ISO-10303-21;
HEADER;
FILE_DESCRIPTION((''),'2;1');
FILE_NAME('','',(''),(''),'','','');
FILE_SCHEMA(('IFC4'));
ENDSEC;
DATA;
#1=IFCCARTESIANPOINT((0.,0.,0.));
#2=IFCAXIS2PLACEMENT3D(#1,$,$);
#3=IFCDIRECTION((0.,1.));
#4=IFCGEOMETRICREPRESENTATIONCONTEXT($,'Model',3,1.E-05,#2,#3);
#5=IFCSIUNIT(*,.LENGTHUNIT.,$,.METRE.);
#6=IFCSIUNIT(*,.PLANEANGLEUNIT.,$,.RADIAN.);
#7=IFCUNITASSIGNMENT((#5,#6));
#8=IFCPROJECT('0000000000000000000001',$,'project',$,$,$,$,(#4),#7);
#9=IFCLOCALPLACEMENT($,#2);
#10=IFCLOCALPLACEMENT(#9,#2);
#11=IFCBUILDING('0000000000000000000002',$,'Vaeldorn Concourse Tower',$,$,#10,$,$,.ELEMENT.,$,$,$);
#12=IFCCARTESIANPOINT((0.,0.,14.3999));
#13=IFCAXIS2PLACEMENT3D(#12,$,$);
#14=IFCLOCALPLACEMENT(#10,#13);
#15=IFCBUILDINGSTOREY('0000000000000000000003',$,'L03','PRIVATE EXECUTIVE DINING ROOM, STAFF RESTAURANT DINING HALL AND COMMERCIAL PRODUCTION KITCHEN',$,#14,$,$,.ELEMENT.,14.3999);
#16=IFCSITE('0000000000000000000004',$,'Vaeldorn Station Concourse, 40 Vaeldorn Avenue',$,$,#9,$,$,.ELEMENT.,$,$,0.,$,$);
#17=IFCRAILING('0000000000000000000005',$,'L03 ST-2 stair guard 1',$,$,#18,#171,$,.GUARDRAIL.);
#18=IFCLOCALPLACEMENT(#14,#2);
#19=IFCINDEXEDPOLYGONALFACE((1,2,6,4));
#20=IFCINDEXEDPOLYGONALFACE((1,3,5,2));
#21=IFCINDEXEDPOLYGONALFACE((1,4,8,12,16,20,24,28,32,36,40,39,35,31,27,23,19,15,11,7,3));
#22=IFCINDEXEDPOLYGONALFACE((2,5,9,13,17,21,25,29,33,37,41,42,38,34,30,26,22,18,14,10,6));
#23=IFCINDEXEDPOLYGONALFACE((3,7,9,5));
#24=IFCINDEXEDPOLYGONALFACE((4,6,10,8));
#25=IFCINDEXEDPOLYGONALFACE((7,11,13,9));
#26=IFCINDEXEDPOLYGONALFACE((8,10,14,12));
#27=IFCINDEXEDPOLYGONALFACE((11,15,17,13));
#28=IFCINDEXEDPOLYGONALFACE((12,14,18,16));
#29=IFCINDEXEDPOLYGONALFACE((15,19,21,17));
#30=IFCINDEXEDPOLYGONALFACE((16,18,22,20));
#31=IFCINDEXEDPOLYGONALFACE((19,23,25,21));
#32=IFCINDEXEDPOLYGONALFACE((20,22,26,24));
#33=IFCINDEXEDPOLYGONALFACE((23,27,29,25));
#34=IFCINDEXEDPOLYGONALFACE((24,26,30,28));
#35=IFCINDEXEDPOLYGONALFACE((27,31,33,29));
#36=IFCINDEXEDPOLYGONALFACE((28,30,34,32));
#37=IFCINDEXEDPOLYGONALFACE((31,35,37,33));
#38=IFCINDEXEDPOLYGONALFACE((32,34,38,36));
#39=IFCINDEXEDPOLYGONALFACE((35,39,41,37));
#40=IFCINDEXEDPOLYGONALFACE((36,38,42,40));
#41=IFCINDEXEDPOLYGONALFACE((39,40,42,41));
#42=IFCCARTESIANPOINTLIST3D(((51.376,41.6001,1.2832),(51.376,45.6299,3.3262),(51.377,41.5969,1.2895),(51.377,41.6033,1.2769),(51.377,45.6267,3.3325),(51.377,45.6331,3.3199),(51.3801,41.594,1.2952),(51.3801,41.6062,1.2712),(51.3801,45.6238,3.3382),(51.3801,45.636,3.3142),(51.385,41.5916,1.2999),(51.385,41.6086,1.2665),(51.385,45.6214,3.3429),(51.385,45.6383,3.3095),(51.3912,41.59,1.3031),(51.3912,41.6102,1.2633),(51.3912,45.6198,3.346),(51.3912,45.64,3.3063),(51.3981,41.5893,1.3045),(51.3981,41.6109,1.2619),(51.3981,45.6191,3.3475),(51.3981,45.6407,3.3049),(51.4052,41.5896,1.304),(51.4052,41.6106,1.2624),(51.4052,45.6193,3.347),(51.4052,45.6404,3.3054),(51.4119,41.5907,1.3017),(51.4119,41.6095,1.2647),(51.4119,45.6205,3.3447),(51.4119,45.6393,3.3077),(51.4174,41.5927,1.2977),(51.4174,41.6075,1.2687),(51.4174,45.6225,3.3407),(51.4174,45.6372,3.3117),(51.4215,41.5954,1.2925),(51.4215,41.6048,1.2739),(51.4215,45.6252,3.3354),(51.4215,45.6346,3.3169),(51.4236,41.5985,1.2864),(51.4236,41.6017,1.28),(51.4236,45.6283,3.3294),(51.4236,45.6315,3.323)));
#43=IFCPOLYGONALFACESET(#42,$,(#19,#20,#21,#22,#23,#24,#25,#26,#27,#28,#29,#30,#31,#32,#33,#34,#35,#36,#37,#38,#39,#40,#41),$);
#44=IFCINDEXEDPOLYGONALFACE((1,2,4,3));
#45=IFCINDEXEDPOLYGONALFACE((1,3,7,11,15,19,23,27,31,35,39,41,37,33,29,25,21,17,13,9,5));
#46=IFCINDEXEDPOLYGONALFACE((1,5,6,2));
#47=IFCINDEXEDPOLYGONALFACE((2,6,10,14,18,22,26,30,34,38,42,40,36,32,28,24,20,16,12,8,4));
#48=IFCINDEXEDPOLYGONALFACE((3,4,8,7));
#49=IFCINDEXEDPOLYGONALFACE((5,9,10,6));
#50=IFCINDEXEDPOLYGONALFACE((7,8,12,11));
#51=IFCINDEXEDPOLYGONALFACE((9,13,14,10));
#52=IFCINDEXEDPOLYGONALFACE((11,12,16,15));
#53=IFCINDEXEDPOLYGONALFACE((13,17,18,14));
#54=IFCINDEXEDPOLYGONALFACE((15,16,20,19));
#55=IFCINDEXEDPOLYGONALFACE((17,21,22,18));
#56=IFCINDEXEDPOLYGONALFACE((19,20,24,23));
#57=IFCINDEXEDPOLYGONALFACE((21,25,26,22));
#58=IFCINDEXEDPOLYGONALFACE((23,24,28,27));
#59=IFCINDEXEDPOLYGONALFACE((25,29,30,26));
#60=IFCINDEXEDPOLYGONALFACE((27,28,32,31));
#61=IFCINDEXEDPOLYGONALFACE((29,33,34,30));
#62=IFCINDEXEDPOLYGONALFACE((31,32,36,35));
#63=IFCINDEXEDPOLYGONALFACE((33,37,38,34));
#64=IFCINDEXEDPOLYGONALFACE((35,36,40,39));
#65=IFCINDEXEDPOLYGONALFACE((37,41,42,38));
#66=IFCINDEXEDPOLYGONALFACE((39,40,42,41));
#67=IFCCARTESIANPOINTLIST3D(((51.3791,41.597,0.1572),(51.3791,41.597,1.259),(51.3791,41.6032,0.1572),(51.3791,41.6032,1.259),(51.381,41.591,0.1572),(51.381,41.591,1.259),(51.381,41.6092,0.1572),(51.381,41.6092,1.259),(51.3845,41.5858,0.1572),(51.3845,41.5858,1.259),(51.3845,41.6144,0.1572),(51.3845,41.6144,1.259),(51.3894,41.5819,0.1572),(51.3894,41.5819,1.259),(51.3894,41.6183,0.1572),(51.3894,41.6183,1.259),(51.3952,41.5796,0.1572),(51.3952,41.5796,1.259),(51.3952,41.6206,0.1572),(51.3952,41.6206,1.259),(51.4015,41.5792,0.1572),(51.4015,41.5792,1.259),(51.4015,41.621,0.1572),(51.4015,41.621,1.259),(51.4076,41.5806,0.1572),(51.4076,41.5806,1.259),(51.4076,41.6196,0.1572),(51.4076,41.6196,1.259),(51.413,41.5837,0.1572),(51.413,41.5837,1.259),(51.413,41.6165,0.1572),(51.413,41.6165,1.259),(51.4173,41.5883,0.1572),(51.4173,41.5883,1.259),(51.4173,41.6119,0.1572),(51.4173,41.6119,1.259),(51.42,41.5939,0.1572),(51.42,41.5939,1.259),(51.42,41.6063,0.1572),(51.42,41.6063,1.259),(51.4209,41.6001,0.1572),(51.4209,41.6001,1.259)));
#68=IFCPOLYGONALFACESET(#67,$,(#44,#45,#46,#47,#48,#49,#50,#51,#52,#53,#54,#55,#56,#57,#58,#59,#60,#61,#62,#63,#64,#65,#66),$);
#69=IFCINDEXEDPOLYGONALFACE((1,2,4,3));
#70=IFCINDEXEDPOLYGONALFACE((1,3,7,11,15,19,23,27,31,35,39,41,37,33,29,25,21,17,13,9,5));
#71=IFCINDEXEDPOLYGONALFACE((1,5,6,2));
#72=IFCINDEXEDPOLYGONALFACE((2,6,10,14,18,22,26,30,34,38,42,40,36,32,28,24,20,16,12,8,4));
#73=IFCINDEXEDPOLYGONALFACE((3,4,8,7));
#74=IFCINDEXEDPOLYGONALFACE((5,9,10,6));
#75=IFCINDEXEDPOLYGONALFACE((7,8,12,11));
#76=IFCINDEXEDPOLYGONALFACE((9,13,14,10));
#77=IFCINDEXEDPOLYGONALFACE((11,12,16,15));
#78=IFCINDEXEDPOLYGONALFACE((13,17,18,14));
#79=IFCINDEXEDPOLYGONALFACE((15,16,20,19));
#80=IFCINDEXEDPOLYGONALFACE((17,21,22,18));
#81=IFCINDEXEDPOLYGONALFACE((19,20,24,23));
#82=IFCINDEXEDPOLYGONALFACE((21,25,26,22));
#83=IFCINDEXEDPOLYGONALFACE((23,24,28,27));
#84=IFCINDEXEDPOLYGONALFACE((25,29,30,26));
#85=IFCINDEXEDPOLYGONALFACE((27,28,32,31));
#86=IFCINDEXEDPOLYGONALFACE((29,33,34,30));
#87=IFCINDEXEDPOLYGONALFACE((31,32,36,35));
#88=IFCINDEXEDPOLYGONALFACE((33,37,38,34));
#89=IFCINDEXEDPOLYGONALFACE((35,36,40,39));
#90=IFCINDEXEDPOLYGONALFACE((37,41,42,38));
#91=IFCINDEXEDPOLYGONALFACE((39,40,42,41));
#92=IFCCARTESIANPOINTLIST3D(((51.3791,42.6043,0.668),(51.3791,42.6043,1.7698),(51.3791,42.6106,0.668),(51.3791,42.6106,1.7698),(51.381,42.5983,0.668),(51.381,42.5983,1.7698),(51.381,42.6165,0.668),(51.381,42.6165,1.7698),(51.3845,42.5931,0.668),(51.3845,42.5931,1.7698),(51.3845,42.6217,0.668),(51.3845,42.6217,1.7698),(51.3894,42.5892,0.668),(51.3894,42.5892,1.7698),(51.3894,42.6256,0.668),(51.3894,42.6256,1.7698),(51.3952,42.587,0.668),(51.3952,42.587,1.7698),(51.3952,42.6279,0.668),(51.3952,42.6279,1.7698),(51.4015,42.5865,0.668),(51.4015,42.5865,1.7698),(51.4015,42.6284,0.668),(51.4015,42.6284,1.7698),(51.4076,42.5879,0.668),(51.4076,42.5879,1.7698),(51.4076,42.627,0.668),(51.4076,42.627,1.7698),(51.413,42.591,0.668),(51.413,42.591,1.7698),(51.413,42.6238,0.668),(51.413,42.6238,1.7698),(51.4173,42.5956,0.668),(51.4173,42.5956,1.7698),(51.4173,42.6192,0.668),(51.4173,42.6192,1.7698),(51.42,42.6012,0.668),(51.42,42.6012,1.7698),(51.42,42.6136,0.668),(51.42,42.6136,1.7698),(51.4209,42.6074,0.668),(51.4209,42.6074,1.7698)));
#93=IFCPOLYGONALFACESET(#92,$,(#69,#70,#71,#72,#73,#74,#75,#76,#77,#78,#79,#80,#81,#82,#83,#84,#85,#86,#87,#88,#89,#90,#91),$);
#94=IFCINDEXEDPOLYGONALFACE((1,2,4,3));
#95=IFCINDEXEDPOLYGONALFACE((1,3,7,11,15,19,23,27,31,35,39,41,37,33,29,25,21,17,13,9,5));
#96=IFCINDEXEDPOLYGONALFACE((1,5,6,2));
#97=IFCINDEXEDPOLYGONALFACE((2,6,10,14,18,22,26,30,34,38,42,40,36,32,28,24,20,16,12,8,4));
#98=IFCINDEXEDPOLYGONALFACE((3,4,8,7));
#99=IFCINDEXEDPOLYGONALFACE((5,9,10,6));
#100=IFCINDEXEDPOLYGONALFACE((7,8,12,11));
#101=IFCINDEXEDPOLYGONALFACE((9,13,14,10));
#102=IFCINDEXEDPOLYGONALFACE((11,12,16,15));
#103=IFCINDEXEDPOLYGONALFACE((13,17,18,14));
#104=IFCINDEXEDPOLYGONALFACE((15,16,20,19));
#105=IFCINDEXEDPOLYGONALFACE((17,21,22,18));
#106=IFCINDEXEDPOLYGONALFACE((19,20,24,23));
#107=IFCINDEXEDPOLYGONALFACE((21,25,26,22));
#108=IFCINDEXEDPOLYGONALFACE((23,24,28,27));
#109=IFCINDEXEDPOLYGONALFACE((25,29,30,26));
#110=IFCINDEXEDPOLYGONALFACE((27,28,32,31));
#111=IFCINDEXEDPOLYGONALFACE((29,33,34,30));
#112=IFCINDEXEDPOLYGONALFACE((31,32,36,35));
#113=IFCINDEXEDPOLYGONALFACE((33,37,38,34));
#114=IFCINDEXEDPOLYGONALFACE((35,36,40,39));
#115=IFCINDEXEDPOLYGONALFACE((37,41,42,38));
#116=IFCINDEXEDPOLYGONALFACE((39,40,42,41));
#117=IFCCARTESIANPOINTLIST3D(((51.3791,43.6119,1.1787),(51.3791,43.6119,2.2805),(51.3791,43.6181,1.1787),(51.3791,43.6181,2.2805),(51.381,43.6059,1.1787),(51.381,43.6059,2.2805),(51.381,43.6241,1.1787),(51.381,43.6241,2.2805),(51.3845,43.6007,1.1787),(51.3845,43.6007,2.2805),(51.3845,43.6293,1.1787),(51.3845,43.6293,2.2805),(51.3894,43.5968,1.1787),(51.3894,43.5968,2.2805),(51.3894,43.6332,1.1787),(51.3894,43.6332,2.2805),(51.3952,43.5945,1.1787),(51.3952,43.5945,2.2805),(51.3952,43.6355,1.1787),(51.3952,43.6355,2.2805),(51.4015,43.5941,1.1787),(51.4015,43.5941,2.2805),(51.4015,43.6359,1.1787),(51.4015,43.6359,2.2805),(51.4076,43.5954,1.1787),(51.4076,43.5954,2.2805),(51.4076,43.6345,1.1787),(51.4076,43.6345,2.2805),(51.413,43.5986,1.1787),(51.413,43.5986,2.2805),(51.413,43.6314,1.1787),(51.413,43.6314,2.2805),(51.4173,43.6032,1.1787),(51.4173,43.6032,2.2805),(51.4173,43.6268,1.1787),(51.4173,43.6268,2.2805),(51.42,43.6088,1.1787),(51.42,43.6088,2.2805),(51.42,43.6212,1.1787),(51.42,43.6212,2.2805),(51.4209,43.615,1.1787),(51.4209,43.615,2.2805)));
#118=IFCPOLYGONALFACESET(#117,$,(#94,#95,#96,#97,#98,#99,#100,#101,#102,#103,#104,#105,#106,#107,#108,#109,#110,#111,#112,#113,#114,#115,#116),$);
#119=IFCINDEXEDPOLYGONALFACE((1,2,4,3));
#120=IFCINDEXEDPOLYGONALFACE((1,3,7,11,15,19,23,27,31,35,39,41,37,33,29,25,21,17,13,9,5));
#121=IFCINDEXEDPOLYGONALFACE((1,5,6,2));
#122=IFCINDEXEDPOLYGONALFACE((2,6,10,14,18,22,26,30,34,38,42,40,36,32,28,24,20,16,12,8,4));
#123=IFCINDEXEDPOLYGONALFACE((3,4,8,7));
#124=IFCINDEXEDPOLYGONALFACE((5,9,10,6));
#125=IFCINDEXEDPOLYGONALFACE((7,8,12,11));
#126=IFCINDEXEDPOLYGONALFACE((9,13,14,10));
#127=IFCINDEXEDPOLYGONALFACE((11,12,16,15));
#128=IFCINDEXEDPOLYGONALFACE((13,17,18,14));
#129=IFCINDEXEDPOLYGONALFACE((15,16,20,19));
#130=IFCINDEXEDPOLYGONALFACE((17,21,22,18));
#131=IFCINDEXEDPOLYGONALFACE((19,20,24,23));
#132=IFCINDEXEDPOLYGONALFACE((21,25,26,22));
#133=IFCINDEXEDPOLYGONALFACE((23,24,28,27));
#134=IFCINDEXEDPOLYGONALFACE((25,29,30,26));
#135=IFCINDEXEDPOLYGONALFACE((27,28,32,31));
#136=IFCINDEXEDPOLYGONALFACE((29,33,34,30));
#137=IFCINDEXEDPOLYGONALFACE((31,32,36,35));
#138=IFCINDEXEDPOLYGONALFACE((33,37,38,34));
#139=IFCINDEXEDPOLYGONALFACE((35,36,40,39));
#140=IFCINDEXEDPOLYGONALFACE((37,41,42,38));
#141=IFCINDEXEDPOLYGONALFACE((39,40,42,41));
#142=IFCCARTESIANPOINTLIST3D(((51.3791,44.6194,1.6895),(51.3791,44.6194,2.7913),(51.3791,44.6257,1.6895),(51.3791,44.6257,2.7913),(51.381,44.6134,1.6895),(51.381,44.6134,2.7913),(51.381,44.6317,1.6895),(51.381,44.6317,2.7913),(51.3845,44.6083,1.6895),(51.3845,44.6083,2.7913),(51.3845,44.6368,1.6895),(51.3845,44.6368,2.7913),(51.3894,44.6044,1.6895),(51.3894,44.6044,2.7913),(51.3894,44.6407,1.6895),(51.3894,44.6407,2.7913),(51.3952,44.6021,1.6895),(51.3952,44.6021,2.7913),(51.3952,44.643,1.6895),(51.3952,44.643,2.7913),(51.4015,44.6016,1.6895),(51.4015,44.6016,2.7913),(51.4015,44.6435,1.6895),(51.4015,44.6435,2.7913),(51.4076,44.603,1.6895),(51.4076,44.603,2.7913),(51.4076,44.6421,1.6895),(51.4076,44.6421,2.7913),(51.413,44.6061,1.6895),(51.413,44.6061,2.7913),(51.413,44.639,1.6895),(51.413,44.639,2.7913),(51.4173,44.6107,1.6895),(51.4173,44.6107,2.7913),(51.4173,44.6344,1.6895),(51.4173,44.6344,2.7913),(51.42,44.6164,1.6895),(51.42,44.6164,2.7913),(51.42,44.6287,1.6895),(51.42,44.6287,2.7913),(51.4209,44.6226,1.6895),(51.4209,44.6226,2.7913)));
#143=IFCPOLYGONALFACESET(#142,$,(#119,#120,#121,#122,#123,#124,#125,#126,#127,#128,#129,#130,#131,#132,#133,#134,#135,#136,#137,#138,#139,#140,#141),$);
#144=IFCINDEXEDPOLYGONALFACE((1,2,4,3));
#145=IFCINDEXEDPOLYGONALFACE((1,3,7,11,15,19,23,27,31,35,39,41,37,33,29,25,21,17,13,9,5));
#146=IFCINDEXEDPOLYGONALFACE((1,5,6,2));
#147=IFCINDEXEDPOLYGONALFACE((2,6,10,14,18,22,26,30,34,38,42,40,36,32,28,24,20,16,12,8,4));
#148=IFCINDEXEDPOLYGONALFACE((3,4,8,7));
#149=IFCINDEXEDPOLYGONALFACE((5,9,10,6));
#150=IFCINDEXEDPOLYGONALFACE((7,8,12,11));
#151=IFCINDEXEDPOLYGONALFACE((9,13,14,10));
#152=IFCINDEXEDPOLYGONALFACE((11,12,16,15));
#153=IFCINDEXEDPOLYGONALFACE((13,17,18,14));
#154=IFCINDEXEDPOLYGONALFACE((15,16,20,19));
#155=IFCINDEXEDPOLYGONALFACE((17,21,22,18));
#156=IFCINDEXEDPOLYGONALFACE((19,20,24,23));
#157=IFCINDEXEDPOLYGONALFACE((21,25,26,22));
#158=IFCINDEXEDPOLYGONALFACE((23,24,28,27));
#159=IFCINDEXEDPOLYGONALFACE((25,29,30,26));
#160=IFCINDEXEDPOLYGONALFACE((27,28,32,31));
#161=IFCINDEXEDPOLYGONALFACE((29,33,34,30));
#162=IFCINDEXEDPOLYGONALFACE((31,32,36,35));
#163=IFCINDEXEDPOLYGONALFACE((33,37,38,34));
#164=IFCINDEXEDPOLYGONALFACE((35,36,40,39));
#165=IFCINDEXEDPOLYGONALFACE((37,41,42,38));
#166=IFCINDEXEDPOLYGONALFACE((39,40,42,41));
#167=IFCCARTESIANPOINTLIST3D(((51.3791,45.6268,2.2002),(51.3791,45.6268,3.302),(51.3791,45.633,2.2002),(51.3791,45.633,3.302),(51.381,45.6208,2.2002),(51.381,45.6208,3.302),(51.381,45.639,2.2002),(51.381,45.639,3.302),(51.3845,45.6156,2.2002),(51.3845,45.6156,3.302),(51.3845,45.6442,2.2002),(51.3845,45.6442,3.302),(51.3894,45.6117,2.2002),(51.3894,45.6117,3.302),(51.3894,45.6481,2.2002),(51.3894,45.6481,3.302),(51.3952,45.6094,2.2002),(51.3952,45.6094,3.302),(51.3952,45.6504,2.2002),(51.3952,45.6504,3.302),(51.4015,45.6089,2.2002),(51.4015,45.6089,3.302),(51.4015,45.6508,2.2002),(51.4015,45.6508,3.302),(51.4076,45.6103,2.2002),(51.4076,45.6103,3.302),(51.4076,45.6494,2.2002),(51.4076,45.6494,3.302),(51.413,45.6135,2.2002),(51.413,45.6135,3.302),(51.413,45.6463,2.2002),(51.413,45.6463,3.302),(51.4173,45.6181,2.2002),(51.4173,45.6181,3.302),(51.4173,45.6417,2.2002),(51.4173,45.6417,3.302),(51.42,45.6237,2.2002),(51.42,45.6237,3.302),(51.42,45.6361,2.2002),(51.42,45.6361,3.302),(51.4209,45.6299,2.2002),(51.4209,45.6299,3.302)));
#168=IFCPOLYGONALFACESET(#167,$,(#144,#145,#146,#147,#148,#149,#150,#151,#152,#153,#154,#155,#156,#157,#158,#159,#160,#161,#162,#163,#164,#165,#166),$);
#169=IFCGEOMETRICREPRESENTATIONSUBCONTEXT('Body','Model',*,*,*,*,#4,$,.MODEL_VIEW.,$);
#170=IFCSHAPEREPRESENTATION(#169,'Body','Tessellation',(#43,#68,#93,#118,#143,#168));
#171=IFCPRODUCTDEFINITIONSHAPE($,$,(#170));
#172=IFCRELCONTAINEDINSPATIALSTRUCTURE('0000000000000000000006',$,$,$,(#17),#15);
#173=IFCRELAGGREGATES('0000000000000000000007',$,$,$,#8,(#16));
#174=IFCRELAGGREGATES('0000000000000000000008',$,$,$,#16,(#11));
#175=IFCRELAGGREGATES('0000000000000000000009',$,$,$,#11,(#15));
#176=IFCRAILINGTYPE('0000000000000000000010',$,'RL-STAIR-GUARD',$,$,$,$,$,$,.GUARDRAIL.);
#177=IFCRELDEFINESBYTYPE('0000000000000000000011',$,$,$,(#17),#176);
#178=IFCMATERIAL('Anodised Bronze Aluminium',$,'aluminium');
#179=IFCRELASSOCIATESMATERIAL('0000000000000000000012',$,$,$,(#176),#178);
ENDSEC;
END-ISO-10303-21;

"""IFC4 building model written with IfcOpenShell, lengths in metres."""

from ifc_helpers import new_model, si_unit, direction, frame, origin, origin_2d, place, context, subcontext, project, spatial, circle, extrude, material, type_object, element, save


model = new_model("IFC4")

# Units and contexts
model_context = context("Model", 3, precision=1e-05, world=origin(), true_north=direction((0.0, 1.0)))
body_context = subcontext(model_context, "Body", "Model", "MODEL_VIEW")
ifc_project = project(units=[si_unit("LENGTHUNIT", "METRE"), si_unit("PLANEANGLEUNIT", "RADIAN")], contexts=[model_context])

# Site, building, storey
site_placement = place(None, origin())
site = spatial("IfcSite", under=ifc_project, at=site_placement, Name="Vaeldorn Station Concourse, 40 Vaeldorn Avenue", CompositionType="ELEMENT", RefElevation=0.0)
building_placement = place(site_placement, origin())
building = spatial("IfcBuilding", under=site, at=building_placement, Name="Vaeldorn Concourse Tower", CompositionType="ELEMENT")
storey_placement = place(building_placement, frame((0.0, 0.0, 14.3999)))
storey = spatial("IfcBuildingStorey", under=building, at=storey_placement, Name="L03", Description="PRIVATE EXECUTIVE DINING ROOM, STAFF RESTAURANT DINING HALL AND COMMERCIAL PRODUCTION KITCHEN", CompositionType="ELEMENT", Elevation=14.3999)

# Shared definitions
ifc_material_1 = material(Name="Anodised Bronze Aluminium", Category="aluminium")

# Railing
railing_type_1 = type_object("IfcRailingType", Name="RL-STAIR-GUARD", PredefinedType="GUARDRAIL", material=ifc_material_1)
railing_1_placement = place(storey_placement, frame((51.3999, 41.6001, 0.1572)))
element("IfcRailing", 1, at=railing_1_placement, inside=storey, type_object=railing_type_1, Name="L03 ST-2 stair guard 1", PredefinedType="GUARDRAIL", context=body_context, shape_type="SweptSolid", body=[
    extrude(circle(Radius=0.0239, at=origin_2d()), frame((0.0, 0.0, 1.126), z_axis=(0.0, 0.891928, 0.452178), x_axis=(-1.0, 0.0, 0.0)), (0.0, 0.0, 1.0), 4.5181),
    extrude(circle(Radius=0.021, at=origin_2d()), origin(), (0.0, 0.0, 1.0), 1.1018),
    extrude(circle(Radius=0.021, at=origin_2d()), frame((0.0, 1.0073, 0.5107)), (0.0, 0.0, 1.0), 1.1018),
    extrude(circle(Radius=0.021, at=origin_2d()), frame((0.0, 2.0149, 1.0215)), (0.0, 0.0, 1.0), 1.1018),
    extrude(circle(Radius=0.021, at=origin_2d()), frame((0.0, 3.0225, 1.5322)), (0.0, 0.0, 1.0), 1.1018),
    extrude(circle(Radius=0.021, at=origin_2d()), frame((0.0, 4.0298, 2.043)), (0.0, 0.0, 1.0), 1.1018),
])

save(model, "model.ifc")
